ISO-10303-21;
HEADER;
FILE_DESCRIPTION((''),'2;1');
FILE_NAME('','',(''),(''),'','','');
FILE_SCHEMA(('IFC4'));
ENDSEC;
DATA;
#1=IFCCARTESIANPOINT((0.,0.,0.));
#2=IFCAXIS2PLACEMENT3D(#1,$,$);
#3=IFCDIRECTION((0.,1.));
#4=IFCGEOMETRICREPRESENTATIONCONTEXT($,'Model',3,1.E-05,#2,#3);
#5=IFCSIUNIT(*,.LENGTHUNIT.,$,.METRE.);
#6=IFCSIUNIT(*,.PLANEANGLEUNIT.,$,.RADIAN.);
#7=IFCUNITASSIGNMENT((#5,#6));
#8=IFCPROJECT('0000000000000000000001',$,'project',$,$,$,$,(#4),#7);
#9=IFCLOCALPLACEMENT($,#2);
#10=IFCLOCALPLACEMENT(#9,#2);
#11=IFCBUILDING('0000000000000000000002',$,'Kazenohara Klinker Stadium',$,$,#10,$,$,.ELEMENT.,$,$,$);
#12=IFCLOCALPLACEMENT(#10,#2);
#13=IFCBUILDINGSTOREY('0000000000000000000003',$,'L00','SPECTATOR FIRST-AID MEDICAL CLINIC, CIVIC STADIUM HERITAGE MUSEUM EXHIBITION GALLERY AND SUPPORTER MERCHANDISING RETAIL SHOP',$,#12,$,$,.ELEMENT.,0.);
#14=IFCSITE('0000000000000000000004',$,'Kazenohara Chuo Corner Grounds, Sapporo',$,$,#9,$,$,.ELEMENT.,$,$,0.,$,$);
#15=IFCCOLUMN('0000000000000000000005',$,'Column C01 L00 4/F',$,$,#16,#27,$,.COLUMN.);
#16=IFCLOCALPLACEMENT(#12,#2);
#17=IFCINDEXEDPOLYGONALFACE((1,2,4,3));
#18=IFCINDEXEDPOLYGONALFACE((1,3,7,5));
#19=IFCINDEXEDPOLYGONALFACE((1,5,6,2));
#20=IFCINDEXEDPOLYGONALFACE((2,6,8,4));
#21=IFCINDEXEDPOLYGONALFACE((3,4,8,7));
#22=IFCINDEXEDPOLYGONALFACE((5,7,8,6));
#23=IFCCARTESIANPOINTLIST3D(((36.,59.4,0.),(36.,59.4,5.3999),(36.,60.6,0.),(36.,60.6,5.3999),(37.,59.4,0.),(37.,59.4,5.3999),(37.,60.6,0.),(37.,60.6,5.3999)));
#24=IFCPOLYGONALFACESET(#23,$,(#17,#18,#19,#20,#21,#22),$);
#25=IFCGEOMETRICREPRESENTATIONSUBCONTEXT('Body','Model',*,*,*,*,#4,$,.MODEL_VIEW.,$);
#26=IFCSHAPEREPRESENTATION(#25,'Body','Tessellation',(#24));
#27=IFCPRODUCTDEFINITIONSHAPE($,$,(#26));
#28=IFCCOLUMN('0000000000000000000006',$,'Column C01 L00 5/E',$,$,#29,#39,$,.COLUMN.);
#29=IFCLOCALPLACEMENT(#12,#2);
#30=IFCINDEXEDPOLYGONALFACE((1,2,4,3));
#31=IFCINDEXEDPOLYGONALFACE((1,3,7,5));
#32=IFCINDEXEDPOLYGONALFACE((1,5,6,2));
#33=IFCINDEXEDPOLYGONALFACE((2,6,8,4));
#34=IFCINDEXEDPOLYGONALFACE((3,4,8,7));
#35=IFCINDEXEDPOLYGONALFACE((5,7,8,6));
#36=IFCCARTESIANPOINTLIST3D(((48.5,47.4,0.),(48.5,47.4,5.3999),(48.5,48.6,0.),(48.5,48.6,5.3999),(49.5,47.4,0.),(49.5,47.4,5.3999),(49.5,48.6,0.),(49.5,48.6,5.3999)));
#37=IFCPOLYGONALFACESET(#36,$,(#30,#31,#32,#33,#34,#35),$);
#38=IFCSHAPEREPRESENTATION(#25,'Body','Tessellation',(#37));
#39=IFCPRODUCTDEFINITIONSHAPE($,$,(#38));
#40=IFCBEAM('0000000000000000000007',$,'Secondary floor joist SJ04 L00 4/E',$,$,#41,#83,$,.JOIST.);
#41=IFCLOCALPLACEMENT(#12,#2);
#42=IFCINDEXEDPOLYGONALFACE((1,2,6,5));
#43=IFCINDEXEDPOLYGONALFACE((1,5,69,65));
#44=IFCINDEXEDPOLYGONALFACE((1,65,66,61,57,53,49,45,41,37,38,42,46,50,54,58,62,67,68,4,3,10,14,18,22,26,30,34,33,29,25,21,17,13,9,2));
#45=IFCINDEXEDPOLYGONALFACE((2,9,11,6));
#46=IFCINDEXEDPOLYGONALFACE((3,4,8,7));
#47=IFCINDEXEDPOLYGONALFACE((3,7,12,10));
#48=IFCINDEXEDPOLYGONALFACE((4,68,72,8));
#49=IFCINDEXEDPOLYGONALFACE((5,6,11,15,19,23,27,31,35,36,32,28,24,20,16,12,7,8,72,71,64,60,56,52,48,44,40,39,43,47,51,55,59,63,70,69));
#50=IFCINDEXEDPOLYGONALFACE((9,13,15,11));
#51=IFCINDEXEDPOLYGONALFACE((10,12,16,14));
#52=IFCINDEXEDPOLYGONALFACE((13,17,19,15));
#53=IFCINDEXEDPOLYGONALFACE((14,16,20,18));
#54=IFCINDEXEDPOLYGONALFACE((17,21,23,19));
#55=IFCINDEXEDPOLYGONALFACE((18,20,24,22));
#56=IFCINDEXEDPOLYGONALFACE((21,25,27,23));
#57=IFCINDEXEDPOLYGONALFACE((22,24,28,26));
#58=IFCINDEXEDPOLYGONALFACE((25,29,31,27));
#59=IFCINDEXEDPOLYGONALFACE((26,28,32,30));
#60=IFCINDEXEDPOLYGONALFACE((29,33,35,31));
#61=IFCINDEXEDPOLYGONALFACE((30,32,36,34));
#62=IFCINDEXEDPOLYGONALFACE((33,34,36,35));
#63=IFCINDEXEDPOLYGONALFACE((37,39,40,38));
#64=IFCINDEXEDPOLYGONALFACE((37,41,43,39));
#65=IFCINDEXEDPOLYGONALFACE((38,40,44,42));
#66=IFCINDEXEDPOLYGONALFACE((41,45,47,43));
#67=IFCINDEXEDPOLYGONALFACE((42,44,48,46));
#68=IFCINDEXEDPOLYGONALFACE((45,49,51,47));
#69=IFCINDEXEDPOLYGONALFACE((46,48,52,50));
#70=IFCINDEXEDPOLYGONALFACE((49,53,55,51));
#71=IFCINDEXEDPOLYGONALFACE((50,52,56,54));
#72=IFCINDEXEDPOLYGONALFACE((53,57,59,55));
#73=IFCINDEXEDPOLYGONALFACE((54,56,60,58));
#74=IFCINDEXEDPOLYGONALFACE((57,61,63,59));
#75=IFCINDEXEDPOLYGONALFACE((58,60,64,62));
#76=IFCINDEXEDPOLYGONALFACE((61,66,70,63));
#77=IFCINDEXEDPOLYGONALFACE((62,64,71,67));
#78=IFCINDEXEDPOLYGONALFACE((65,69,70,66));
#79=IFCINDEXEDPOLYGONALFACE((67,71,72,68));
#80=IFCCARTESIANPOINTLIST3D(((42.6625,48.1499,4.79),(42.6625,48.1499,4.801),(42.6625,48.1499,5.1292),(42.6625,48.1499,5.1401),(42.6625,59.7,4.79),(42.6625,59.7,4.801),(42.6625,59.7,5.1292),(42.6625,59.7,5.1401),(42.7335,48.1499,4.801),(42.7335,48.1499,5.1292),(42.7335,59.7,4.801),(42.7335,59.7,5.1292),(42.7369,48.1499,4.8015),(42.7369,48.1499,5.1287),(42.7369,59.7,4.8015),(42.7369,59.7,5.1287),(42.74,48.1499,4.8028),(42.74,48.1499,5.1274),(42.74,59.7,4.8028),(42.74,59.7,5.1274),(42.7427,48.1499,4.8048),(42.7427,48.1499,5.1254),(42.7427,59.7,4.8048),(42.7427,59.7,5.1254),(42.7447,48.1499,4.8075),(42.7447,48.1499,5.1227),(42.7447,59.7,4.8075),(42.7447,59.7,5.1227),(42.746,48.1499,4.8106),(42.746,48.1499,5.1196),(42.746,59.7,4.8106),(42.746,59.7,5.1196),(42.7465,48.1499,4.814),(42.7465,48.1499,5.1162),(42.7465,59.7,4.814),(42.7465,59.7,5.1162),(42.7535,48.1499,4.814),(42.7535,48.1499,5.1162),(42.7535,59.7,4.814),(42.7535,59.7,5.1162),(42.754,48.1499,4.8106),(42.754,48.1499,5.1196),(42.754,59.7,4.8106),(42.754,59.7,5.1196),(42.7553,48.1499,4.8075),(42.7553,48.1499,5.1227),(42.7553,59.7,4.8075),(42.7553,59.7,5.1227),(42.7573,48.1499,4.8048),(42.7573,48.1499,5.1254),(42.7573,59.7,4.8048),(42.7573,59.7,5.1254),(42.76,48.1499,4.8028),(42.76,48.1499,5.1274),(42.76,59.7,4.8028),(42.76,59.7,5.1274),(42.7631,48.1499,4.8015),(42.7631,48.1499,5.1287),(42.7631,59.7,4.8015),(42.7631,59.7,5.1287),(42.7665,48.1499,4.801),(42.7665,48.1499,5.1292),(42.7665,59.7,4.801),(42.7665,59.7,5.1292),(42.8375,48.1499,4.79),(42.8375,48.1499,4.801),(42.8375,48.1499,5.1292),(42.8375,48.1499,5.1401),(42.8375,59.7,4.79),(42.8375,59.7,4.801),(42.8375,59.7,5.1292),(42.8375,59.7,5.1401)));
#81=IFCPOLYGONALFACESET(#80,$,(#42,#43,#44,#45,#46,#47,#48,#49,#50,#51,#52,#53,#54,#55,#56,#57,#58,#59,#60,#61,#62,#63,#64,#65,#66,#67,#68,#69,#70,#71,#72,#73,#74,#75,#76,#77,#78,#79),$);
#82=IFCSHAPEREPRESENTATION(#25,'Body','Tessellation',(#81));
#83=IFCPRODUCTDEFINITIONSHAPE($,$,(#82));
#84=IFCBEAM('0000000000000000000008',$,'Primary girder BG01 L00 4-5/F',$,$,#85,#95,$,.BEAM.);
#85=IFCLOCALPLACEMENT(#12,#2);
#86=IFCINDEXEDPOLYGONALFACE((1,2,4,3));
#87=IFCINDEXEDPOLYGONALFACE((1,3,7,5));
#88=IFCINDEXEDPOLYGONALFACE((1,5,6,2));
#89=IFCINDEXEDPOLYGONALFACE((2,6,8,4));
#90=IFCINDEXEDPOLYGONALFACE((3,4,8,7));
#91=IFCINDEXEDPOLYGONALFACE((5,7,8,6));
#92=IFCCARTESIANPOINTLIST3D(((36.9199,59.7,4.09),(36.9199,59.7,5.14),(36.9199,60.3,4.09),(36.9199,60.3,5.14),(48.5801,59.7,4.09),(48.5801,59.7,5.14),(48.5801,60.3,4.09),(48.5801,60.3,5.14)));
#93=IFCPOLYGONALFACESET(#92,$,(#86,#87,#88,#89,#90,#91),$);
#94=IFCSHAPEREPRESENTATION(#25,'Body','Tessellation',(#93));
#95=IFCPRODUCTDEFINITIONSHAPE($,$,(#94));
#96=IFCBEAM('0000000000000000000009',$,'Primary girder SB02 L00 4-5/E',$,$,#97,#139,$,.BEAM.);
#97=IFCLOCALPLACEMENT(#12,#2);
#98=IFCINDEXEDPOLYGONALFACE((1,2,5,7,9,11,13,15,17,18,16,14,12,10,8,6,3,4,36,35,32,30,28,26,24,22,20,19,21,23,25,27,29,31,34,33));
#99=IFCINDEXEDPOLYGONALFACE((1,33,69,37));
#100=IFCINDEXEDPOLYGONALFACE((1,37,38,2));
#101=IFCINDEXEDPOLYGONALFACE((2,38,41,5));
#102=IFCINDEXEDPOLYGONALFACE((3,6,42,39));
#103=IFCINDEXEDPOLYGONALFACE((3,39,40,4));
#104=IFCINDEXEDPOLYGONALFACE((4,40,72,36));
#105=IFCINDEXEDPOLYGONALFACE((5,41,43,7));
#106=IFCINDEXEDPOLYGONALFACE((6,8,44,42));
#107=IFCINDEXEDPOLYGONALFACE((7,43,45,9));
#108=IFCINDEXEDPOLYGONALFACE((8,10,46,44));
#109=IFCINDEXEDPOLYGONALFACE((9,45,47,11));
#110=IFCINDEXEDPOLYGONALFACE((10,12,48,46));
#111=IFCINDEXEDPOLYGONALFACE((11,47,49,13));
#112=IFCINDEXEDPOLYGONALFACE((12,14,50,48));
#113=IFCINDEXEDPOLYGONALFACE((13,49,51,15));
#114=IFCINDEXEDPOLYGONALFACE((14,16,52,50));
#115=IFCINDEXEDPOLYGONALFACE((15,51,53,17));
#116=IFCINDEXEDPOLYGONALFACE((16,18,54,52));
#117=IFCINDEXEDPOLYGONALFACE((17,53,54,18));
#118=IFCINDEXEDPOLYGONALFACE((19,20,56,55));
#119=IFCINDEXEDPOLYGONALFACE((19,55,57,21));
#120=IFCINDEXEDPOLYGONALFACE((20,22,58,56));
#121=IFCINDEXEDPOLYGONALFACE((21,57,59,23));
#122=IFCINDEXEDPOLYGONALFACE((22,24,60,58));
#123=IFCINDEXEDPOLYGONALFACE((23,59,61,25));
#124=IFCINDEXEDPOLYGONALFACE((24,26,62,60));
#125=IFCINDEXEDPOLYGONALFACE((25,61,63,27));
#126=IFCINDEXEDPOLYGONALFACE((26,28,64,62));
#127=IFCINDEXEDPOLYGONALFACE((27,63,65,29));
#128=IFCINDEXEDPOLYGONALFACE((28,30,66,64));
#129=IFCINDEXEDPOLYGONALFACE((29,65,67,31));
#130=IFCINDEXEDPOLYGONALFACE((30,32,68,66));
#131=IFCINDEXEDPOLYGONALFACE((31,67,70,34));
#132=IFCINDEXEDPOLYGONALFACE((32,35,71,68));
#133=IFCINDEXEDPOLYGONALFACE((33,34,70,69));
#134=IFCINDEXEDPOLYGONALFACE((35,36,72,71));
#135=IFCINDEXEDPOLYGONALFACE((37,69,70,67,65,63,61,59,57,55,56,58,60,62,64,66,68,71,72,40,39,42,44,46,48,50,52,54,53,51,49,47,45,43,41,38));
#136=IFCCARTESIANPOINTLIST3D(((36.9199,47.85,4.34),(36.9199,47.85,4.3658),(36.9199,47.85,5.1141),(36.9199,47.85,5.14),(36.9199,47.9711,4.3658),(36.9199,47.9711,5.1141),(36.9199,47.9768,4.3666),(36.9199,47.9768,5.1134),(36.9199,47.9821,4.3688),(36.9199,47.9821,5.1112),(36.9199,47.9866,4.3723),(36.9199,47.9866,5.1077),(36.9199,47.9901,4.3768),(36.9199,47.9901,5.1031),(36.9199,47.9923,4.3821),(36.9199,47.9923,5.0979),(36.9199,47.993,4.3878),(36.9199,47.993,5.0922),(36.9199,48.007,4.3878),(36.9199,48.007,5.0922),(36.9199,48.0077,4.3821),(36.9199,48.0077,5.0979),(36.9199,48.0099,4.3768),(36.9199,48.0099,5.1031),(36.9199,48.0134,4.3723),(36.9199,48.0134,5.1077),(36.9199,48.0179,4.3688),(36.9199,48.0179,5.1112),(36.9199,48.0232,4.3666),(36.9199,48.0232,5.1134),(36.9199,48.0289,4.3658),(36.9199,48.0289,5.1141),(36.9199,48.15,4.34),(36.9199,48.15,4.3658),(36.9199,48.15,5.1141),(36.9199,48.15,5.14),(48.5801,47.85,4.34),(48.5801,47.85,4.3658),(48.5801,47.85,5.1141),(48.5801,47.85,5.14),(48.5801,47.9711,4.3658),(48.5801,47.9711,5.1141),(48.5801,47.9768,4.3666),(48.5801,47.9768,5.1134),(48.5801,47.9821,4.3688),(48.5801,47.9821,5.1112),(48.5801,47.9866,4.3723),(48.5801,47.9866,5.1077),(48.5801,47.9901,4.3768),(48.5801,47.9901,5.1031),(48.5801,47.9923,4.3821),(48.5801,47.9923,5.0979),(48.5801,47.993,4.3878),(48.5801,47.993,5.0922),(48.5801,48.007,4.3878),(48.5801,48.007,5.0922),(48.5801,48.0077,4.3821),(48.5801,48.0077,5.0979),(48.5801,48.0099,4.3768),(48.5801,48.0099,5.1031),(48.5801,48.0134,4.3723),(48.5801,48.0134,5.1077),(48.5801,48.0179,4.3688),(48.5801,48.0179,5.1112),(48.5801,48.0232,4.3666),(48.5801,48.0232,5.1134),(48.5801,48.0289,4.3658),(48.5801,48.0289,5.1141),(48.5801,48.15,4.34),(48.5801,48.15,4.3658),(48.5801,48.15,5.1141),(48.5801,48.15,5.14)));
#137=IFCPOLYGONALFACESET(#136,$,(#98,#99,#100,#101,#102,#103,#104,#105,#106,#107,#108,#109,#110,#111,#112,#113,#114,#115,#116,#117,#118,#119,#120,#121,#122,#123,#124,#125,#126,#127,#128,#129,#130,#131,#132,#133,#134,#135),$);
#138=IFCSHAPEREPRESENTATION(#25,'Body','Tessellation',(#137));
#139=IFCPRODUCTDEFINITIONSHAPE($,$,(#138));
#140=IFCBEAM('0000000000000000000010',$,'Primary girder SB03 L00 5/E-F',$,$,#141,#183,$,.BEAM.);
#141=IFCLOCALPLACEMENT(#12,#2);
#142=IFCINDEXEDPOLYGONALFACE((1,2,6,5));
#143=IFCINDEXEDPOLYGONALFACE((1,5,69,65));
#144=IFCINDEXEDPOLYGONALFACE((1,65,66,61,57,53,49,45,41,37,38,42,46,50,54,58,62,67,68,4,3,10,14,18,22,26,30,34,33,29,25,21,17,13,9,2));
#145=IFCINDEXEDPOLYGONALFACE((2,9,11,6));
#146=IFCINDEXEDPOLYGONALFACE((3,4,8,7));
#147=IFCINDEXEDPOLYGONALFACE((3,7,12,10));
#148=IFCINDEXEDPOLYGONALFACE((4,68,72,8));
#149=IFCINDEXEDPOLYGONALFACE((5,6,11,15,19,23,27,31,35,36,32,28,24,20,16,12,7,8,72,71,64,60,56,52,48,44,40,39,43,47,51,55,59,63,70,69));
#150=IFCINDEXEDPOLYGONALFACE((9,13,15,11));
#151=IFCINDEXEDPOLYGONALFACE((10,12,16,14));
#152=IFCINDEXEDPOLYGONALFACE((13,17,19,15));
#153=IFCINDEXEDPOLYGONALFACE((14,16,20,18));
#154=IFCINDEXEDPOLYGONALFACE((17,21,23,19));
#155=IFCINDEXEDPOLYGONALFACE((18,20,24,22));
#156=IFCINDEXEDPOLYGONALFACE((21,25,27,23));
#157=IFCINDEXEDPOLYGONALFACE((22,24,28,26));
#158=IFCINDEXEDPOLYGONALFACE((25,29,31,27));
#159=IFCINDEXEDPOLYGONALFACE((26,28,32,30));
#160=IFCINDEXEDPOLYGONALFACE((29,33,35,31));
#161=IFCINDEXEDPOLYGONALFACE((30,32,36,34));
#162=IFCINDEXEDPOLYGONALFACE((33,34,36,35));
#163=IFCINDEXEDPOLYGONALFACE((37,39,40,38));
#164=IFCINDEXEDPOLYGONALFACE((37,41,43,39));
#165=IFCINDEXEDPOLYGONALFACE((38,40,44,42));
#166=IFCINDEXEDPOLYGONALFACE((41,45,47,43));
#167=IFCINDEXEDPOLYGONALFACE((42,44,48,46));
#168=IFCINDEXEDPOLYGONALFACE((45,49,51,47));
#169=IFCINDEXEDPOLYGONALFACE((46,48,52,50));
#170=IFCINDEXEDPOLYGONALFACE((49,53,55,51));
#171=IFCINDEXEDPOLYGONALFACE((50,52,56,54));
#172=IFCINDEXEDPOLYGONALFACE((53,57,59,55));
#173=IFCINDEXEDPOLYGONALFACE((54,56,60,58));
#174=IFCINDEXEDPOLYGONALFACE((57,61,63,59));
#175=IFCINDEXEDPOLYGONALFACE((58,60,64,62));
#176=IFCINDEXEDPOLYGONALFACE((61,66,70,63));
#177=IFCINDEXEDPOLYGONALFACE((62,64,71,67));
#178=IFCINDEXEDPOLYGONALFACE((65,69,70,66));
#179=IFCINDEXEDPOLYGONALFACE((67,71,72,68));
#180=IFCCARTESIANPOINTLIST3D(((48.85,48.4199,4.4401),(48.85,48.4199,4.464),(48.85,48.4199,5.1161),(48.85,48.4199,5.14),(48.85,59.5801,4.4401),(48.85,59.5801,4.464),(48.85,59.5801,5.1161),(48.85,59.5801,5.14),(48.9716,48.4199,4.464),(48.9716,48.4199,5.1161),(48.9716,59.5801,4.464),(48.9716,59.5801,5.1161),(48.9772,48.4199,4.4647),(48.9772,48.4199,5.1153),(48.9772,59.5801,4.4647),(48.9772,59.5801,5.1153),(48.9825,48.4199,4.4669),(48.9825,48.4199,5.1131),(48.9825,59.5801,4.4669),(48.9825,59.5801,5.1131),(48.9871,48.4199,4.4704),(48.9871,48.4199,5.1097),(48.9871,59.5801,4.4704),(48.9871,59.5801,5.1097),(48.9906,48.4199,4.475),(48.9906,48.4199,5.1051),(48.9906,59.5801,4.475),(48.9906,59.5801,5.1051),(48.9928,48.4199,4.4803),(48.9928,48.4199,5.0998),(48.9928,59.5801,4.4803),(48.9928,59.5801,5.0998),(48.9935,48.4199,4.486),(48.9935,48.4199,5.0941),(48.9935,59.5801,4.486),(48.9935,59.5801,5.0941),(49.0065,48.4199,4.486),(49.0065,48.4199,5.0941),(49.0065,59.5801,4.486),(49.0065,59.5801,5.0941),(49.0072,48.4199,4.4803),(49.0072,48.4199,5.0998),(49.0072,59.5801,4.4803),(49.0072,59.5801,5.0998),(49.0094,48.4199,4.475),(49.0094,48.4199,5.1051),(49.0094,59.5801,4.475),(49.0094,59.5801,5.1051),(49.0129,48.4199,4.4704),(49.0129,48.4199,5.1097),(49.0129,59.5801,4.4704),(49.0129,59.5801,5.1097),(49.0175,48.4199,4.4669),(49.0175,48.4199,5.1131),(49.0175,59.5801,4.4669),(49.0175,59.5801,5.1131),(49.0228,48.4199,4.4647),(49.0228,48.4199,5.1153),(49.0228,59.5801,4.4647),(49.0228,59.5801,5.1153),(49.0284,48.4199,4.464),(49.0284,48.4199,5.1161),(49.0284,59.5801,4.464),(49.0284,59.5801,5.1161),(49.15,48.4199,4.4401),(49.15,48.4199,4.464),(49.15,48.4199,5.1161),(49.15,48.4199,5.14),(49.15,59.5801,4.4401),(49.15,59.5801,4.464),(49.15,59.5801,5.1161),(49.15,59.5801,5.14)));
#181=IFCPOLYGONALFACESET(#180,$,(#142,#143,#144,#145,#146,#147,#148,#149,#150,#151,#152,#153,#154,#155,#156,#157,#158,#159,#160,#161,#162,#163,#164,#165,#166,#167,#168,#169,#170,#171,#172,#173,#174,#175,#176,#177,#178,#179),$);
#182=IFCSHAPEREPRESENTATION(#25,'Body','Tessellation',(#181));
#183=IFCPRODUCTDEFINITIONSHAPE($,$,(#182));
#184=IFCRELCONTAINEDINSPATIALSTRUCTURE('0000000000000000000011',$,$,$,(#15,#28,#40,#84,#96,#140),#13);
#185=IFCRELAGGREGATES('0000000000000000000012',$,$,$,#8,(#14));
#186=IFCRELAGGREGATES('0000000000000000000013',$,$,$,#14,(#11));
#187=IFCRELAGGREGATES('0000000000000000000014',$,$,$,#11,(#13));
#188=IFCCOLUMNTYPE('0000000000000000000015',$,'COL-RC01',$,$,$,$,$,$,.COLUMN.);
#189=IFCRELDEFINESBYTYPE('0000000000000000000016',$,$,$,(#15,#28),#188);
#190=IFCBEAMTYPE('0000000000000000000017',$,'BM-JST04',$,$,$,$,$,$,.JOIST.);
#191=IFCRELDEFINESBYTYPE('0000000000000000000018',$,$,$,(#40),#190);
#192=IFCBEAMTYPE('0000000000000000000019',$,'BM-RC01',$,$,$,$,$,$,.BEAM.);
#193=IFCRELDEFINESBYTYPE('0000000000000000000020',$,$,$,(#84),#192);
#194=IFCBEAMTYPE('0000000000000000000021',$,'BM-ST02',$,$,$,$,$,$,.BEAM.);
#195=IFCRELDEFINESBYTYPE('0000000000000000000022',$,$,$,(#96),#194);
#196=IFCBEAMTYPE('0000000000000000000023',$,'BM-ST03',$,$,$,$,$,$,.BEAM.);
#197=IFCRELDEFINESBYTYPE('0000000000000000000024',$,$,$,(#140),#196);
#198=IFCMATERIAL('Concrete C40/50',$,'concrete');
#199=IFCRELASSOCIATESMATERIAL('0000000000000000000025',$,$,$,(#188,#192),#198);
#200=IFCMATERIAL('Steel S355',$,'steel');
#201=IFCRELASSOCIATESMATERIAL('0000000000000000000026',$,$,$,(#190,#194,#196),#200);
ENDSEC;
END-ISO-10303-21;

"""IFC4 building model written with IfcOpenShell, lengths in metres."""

from ifc_helpers import new_model, si_unit, direction, frame, origin, origin_2d, place, context, subcontext, project, spatial, rectangle, i_section, extrude, material, material_profile, profile_set, type_object, element, save


model = new_model("IFC4")

# Units and contexts
model_context = context("Model", 3, precision=1e-05, world=origin(), true_north=direction((0.0, 1.0)))
body_context = subcontext(model_context, "Body", "Model", "MODEL_VIEW")
ifc_project = project(units=[si_unit("LENGTHUNIT", "METRE"), si_unit("PLANEANGLEUNIT", "RADIAN")], contexts=[model_context])

# Site, building, storey
site_placement = place(None, origin())
site = spatial("IfcSite", under=ifc_project, at=site_placement, Name="Kazenohara Chuo Corner Grounds, Sapporo", CompositionType="ELEMENT", RefElevation=0.0)
building_placement = place(site_placement, origin())
building = spatial("IfcBuilding", under=site, at=building_placement, Name="Kazenohara Klinker Stadium", CompositionType="ELEMENT")
storey_placement = place(building_placement, origin())
storey = spatial("IfcBuildingStorey", under=building, at=storey_placement, Name="L00", Description="SPECTATOR FIRST-AID MEDICAL CLINIC, CIVIC STADIUM HERITAGE MUSEUM EXHIBITION GALLERY AND SUPPORTER MERCHANDISING RETAIL SHOP", CompositionType="ELEMENT", Elevation=0.0)

# Columns
ifc_material_1 = material(Name="Concrete C40/50", Category="concrete")
ifc_material_profile_1 = material_profile(ifc_material_1, rectangle(XDim=1.0, YDim=1.2, at=origin_2d()), Name="RC-COL-1200x1000")
ifc_profile_set_1 = profile_set([ifc_material_profile_1], Name="Concrete C40/50")
column_type = type_object("IfcColumnType", Name="COL-RC01", PredefinedType="COLUMN", material=ifc_profile_set_1)
for number, where, z_axis, x_axis, name in (
    (1, (36.5, 60.0, 0.0), (0.0, 0.0, 1.0), (1.0, 0.0, 0.0), "Column C01 L00 4/F"),
    (2, (49.0, 48.0, 0.0), (0.0, 0.0, 1.0), (1.0, 0.0, 0.0), "Column C01 L00 5/E"),
):
    element("IfcColumn", number, at=place(storey_placement, frame(where, z_axis=z_axis, x_axis=x_axis)), inside=storey, type_object=column_type, Name=name, PredefinedType="COLUMN", context=body_context, shape_type="SweptSolid", body=[
        extrude(rectangle(XDim=1.0, YDim=1.2, at=origin_2d()), origin(), (0.0, 0.0, 1.0), 5.3999),
    ])

# Beams
ifc_material_2 = material(Name="Steel S355", Category="steel")
ifc_material_profile_2 = material_profile(ifc_material_2, i_section(OverallWidth=0.175, OverallDepth=0.3501, WebThickness=0.0071, FlangeThickness=0.011, FilletRadius=0.0129, at=origin_2d()), Name="H-350x175x7x11")
ifc_profile_set_2 = profile_set([ifc_material_profile_2], Name="Steel S355")
beam_type_1 = type_object("IfcBeamType", Name="BM-JST04", PredefinedType="JOIST", material=ifc_profile_set_2)
beam_1_placement = place(storey_placement, frame((42.75, 48.1499, 4.9651), z_axis=(0.0, 1.0, 0.0), x_axis=(-1.0, 0.0, 0.0)))
element("IfcBeam", 3, at=beam_1_placement, inside=storey, type_object=beam_type_1, Name="Secondary floor joist SJ04 L00 4/E", PredefinedType="JOIST", context=body_context, shape_type="SweptSolid", body=[
    extrude(i_section(OverallWidth=0.175, OverallDepth=0.3501, WebThickness=0.0071, FlangeThickness=0.011, FilletRadius=0.0129, at=origin_2d()), origin(), (0.0, 0.0, 1.0), 11.55),
])
ifc_material_profile_3 = material_profile(ifc_material_1, rectangle(XDim=0.6001, YDim=1.05, at=origin_2d()), Name="RC-BM-600x1050")
ifc_profile_set_3 = profile_set([ifc_material_profile_3], Name="Concrete C40/50")
beam_type_2 = type_object("IfcBeamType", Name="BM-RC01", PredefinedType="BEAM", material=ifc_profile_set_3)
beam_2_placement = place(storey_placement, frame((36.9199, 60.0, 4.615), z_axis=(1.0, 0.0, 0.0), x_axis=(0.0, 1.0, 0.0)))
element("IfcBeam", 4, at=beam_2_placement, inside=storey, type_object=beam_type_2, Name="Primary girder BG01 L00 4-5/F", PredefinedType="BEAM", context=body_context, shape_type="SweptSolid", body=[
    extrude(rectangle(XDim=0.6001, YDim=1.05, at=origin_2d()), origin(), (0.0, 0.0, 1.0), 11.6602),
])
ifc_material_profile_4 = material_profile(ifc_material_2, i_section(OverallWidth=0.3, OverallDepth=0.8, WebThickness=0.0139, FlangeThickness=0.0259, FilletRadius=0.022, at=origin_2d()), Name="H-800x300x14x26")
ifc_profile_set_4 = profile_set([ifc_material_profile_4], Name="Steel S355")
beam_type_3 = type_object("IfcBeamType", Name="BM-ST02", PredefinedType="BEAM", material=ifc_profile_set_4)
beam_3_placement = place(storey_placement, frame((36.9199, 48.0, 4.74), z_axis=(1.0, 0.0, 0.0), x_axis=(0.0, 1.0, 0.0)))
element("IfcBeam", 5, at=beam_3_placement, inside=storey, type_object=beam_type_3, Name="Primary girder SB02 L00 4-5/E", PredefinedType="BEAM", context=body_context, shape_type="SweptSolid", body=[
    extrude(i_section(OverallWidth=0.3, OverallDepth=0.8, WebThickness=0.0139, FlangeThickness=0.0259, FilletRadius=0.022, at=origin_2d()), origin(), (0.0, 0.0, 1.0), 11.6602),
])
ifc_material_profile_5 = material_profile(ifc_material_2, i_section(OverallWidth=0.3, OverallDepth=0.7, WebThickness=0.0129, FlangeThickness=0.0239, FilletRadius=0.022, at=origin_2d()), Name="H-700x300x13x24")
ifc_profile_set_5 = profile_set([ifc_material_profile_5], Name="Steel S355")
beam_type_4 = type_object("IfcBeamType", Name="BM-ST03", PredefinedType="BEAM", material=ifc_profile_set_5)
beam_4_placement = place(storey_placement, frame((49.0, 48.4199, 4.79), z_axis=(0.0, 1.0, 0.0), x_axis=(-1.0, 0.0, 0.0)))
element("IfcBeam", 6, at=beam_4_placement, inside=storey, type_object=beam_type_4, Name="Primary girder SB03 L00 5/E-F", PredefinedType="BEAM", context=body_context, shape_type="SweptSolid", body=[
    extrude(i_section(OverallWidth=0.3, OverallDepth=0.7, WebThickness=0.0129, FlangeThickness=0.0239, FilletRadius=0.022, at=origin_2d()), origin(), (0.0, 0.0, 1.0), 11.1602),
])

save(model, "model.ifc")
